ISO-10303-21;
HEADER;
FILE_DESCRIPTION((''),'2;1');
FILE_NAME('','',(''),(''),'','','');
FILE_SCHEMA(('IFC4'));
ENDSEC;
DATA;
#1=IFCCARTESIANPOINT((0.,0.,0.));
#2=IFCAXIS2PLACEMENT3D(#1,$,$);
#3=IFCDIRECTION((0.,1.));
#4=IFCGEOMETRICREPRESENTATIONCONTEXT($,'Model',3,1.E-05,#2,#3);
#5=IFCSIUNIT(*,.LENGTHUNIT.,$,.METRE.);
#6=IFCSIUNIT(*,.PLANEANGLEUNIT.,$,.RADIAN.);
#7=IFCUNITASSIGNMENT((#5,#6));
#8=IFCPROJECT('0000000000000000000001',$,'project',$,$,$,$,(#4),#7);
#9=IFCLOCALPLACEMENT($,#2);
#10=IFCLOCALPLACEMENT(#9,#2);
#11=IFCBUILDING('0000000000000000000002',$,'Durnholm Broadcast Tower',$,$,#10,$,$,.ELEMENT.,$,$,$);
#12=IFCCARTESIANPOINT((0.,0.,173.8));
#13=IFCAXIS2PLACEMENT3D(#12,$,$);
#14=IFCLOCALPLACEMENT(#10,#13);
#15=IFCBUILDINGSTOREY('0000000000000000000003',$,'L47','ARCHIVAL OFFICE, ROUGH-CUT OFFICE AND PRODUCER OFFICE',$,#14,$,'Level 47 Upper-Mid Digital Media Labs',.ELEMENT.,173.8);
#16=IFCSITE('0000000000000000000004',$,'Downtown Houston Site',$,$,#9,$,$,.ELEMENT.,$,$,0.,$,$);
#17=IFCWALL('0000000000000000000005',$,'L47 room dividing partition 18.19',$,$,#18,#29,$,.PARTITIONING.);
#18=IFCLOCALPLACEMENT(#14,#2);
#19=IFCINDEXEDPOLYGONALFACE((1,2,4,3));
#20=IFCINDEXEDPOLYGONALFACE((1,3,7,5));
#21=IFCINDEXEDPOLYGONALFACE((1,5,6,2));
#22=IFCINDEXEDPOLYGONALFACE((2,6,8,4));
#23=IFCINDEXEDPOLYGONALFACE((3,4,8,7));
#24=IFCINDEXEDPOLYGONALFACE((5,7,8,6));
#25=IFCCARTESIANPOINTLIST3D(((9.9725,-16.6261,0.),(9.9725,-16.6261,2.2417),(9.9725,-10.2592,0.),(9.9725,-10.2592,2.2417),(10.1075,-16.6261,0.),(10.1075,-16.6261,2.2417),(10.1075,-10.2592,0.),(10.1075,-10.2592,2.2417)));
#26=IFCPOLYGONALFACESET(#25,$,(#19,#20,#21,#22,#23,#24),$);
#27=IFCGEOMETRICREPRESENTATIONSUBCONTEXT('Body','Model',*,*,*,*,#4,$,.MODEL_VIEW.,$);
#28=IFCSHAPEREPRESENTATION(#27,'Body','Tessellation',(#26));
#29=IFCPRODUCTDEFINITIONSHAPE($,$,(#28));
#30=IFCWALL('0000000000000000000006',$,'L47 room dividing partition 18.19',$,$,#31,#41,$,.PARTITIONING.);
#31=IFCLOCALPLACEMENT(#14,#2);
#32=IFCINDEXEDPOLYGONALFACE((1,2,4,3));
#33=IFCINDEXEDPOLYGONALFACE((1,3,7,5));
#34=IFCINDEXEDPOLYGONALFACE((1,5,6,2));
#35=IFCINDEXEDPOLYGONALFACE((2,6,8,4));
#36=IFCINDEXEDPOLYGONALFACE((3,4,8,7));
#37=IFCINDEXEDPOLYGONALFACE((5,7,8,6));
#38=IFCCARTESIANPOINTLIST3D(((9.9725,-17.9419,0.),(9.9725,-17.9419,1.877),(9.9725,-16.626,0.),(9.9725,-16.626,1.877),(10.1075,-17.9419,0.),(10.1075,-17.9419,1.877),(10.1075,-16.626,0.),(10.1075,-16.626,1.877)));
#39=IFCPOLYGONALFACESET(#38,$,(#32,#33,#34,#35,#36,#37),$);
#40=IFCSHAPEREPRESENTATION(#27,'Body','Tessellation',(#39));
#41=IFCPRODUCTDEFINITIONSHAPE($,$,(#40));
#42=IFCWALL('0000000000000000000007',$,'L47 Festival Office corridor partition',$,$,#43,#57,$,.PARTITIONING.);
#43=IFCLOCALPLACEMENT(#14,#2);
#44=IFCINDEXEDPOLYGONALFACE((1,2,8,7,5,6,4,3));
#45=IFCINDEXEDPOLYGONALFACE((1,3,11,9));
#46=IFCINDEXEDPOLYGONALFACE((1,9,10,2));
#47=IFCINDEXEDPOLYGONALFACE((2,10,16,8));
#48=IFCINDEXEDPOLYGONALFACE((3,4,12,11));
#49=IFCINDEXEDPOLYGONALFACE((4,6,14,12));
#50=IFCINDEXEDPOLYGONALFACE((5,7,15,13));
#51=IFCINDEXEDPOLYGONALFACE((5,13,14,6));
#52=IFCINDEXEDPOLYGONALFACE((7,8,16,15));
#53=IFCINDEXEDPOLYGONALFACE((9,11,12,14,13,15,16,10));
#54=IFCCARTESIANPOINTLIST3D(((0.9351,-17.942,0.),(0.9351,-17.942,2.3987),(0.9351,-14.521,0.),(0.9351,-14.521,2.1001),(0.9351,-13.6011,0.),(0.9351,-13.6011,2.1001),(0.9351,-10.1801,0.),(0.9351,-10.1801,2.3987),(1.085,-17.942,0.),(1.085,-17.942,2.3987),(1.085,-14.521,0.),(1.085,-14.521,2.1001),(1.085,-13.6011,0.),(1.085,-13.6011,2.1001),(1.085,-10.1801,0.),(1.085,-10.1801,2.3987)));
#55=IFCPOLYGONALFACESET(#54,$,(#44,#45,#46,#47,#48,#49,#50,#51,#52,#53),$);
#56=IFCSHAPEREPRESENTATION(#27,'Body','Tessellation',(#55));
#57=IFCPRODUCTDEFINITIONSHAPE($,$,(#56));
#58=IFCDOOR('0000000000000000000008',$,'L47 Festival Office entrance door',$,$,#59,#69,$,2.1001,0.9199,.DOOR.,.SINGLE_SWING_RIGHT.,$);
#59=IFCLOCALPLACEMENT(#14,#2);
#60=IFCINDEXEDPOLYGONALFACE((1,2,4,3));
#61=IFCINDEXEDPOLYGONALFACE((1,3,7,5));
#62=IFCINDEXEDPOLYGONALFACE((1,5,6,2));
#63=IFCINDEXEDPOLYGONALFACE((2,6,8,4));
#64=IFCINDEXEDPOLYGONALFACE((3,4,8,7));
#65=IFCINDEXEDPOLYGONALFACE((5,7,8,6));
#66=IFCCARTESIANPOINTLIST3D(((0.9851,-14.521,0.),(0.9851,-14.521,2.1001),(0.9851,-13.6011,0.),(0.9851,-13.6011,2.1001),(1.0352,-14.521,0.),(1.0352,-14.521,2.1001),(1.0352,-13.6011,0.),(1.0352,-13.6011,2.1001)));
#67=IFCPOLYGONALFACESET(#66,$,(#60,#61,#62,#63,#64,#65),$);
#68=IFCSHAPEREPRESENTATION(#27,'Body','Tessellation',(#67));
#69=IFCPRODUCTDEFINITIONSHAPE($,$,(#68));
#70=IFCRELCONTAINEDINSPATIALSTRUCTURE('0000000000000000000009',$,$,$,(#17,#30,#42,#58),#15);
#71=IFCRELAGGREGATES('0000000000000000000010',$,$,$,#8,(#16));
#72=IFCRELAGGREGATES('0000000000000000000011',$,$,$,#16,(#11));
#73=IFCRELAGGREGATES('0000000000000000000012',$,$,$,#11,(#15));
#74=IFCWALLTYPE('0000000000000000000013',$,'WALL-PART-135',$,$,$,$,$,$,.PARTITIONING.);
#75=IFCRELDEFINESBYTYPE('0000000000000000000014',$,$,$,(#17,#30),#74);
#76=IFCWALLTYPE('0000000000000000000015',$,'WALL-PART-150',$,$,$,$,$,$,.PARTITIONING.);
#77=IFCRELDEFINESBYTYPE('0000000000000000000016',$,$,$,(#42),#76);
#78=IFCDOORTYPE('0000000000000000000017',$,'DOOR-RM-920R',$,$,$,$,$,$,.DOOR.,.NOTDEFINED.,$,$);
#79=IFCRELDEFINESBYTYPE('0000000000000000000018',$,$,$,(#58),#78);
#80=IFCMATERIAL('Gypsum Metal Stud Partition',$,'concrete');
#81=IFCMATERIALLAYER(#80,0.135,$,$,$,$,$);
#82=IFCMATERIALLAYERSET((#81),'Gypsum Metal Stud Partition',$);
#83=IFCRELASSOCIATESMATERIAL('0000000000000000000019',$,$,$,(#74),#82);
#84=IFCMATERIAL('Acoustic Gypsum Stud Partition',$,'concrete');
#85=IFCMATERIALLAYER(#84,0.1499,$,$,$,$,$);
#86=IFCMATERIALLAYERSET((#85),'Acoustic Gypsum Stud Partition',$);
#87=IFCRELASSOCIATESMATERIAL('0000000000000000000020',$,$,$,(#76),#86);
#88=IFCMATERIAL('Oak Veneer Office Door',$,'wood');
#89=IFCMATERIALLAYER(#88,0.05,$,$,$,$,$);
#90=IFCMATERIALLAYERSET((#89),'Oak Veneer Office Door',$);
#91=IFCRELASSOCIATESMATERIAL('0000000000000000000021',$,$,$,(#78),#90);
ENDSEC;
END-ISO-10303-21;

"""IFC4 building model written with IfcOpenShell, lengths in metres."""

from ifc_helpers import new_model, si_unit, direction, frame, frame_2d, origin, place, context, subcontext, project, spatial, rectangle, extrude, source, transform, mapped, material, layer, layer_set, type_object, type_shapes, element, fill, save


model = new_model("IFC4")

# Units and contexts
model_context = context("Model", 3, precision=1e-05, world=origin(), true_north=direction((0.0, 1.0)))
body_context = subcontext(model_context, "Body", "Model", "MODEL_VIEW")
ifc_project = project(units=[si_unit("LENGTHUNIT", "METRE"), si_unit("PLANEANGLEUNIT", "RADIAN")], contexts=[model_context])

# Site, building, storey
site_placement = place(None, origin())
site = spatial("IfcSite", under=ifc_project, at=site_placement, Name="Downtown Houston Site", CompositionType="ELEMENT", RefElevation=0.0)
building_placement = place(site_placement, origin())
building = spatial("IfcBuilding", under=site, at=building_placement, Name="Durnholm Broadcast Tower", CompositionType="ELEMENT")
storey_placement = place(building_placement, frame((0.0, 0.0, 173.8)))
storey = spatial("IfcBuildingStorey", under=building, at=storey_placement, Name="L47", Description="ARCHIVAL OFFICE, ROUGH-CUT OFFICE AND PRODUCER OFFICE", LongName="Level 47 Upper-Mid Digital Media Labs", CompositionType="ELEMENT", Elevation=173.8)

# Walls
ifc_material_1 = material(Name="Gypsum Metal Stud Partition", Category="concrete")
ifc_layer_1 = layer(ifc_material_1, 0.135)
ifc_layer_set_1 = layer_set([ifc_layer_1], Name="Gypsum Metal Stud Partition")
wall_type_1 = type_object("IfcWallType", Name="WALL-PART-135", PredefinedType="PARTITIONING", material=ifc_layer_set_1)
wall_1_placement = place(storey_placement, frame((10.04, -10.259, 0.0), z_axis=(0.0, 0.0, 1.0), x_axis=(0.0, -1.0, 0.0)))
element("IfcWall", 1, at=wall_1_placement, inside=storey, type_object=wall_type_1, Name="L47 room dividing partition 18.19", PredefinedType="PARTITIONING", context=body_context, shape_type="SweptSolid", body=[
    extrude(rectangle(XDim=6.3669, YDim=0.135, at=frame_2d((3.1836, 0.0))), origin(), (0.0, 0.0, 1.0), 2.2417),
])
wall_2_placement = place(storey_placement, frame((10.04, -16.626, 0.0), z_axis=(0.0, 0.0, 1.0), x_axis=(0.0, -1.0, 0.0)))
element("IfcWall", 2, at=wall_2_placement, inside=storey, type_object=wall_type_1, Name="L47 room dividing partition 18.19", PredefinedType="PARTITIONING", context=body_context, shape_type="SweptSolid", body=[
    extrude(rectangle(XDim=1.3159, YDim=0.135, at=frame_2d((0.658, 0.0))), origin(), (0.0, 0.0, 1.0), 1.877),
])

# Wall, opening, door
ifc_material_2 = material(Name="Acoustic Gypsum Stud Partition", Category="concrete")
ifc_layer_2 = layer(ifc_material_2, 0.1499)
ifc_layer_set_2 = layer_set([ifc_layer_2], Name="Acoustic Gypsum Stud Partition")
wall_type_2 = type_object("IfcWallType", Name="WALL-PART-150", PredefinedType="PARTITIONING", material=ifc_layer_set_2)
wall_3_placement = place(storey_placement, frame((1.01, -17.9419, 0.0), z_axis=(0.0, 0.0, 1.0), x_axis=(0.0, 1.0, 0.0)))
wall_3 = element("IfcWall", 3, at=wall_3_placement, inside=storey, type_object=wall_type_2, Name="L47 Festival Office corridor partition", PredefinedType="PARTITIONING", context=body_context, shape_type="SweptSolid", body=[
    extrude(rectangle(XDim=7.762, YDim=0.1499, at=frame_2d((3.8809, 0.0))), origin(), (0.0, 0.0, 1.0), 2.3987),
])
opening_placement = place(wall_3_placement, frame((3.4209, 0.0, 0.0)))
opening = element("IfcOpeningElement", 4, at=opening_placement, cuts=wall_3, PredefinedType="OPENING", context=body_context, shape_type="SweptSolid", body=[
    extrude(rectangle(XDim=0.9199, YDim=2.1001, at=frame_2d((0.46, 1.05))), frame((0.0, 0.085, 0.0), z_axis=(0.0, -1.0, 0.0), x_axis=(1.0, 0.0, 0.0)), (0.0, 0.0, 1.0), 0.1699),
])
ifc_material_3 = material(Name="Oak Veneer Office Door", Category="wood")
ifc_layer_3 = layer(ifc_material_3, 0.05)
ifc_layer_set_3 = layer_set([ifc_layer_3], Name="Oak Veneer Office Door")
door_type = type_object("IfcDoorType", Name="DOOR-RM-920R", OperationType="NOTDEFINED", PredefinedType="DOOR", material=ifc_layer_set_3)
shared_shape_1 = source(origin(), body_context, "Body", "SweptSolid", [
    extrude(rectangle(XDim=0.9199, YDim=2.1001, at=frame_2d((0.46, 1.05))), frame((0.0, 0.0249, 0.0), z_axis=(0.0, -1.0, 0.0), x_axis=(1.0, 0.0, 0.0)), (0.0, 0.0, 1.0), 0.05),
])
type_shapes(door_type, [shared_shape_1])
door_placement = place(opening_placement, origin())
door = element("IfcDoor", 5, at=door_placement, inside=storey, type_object=door_type, Name="L47 Festival Office entrance door", OperationType="SINGLE_SWING_RIGHT", OverallHeight=2.1001, OverallWidth=0.9199, PredefinedType="DOOR", context=body_context, shape_type="MappedRepresentation", body=[
    mapped(shared_shape_1, transform((0.0, 0.0, 0.0), x_axis=(1.0, 0.0, 0.0), y_axis=(0.0, 1.0, 0.0), z_axis=(0.0, 0.0, 1.0), scale=1.0)),
])
fill(opening, door)

save(model, "model.ifc")
